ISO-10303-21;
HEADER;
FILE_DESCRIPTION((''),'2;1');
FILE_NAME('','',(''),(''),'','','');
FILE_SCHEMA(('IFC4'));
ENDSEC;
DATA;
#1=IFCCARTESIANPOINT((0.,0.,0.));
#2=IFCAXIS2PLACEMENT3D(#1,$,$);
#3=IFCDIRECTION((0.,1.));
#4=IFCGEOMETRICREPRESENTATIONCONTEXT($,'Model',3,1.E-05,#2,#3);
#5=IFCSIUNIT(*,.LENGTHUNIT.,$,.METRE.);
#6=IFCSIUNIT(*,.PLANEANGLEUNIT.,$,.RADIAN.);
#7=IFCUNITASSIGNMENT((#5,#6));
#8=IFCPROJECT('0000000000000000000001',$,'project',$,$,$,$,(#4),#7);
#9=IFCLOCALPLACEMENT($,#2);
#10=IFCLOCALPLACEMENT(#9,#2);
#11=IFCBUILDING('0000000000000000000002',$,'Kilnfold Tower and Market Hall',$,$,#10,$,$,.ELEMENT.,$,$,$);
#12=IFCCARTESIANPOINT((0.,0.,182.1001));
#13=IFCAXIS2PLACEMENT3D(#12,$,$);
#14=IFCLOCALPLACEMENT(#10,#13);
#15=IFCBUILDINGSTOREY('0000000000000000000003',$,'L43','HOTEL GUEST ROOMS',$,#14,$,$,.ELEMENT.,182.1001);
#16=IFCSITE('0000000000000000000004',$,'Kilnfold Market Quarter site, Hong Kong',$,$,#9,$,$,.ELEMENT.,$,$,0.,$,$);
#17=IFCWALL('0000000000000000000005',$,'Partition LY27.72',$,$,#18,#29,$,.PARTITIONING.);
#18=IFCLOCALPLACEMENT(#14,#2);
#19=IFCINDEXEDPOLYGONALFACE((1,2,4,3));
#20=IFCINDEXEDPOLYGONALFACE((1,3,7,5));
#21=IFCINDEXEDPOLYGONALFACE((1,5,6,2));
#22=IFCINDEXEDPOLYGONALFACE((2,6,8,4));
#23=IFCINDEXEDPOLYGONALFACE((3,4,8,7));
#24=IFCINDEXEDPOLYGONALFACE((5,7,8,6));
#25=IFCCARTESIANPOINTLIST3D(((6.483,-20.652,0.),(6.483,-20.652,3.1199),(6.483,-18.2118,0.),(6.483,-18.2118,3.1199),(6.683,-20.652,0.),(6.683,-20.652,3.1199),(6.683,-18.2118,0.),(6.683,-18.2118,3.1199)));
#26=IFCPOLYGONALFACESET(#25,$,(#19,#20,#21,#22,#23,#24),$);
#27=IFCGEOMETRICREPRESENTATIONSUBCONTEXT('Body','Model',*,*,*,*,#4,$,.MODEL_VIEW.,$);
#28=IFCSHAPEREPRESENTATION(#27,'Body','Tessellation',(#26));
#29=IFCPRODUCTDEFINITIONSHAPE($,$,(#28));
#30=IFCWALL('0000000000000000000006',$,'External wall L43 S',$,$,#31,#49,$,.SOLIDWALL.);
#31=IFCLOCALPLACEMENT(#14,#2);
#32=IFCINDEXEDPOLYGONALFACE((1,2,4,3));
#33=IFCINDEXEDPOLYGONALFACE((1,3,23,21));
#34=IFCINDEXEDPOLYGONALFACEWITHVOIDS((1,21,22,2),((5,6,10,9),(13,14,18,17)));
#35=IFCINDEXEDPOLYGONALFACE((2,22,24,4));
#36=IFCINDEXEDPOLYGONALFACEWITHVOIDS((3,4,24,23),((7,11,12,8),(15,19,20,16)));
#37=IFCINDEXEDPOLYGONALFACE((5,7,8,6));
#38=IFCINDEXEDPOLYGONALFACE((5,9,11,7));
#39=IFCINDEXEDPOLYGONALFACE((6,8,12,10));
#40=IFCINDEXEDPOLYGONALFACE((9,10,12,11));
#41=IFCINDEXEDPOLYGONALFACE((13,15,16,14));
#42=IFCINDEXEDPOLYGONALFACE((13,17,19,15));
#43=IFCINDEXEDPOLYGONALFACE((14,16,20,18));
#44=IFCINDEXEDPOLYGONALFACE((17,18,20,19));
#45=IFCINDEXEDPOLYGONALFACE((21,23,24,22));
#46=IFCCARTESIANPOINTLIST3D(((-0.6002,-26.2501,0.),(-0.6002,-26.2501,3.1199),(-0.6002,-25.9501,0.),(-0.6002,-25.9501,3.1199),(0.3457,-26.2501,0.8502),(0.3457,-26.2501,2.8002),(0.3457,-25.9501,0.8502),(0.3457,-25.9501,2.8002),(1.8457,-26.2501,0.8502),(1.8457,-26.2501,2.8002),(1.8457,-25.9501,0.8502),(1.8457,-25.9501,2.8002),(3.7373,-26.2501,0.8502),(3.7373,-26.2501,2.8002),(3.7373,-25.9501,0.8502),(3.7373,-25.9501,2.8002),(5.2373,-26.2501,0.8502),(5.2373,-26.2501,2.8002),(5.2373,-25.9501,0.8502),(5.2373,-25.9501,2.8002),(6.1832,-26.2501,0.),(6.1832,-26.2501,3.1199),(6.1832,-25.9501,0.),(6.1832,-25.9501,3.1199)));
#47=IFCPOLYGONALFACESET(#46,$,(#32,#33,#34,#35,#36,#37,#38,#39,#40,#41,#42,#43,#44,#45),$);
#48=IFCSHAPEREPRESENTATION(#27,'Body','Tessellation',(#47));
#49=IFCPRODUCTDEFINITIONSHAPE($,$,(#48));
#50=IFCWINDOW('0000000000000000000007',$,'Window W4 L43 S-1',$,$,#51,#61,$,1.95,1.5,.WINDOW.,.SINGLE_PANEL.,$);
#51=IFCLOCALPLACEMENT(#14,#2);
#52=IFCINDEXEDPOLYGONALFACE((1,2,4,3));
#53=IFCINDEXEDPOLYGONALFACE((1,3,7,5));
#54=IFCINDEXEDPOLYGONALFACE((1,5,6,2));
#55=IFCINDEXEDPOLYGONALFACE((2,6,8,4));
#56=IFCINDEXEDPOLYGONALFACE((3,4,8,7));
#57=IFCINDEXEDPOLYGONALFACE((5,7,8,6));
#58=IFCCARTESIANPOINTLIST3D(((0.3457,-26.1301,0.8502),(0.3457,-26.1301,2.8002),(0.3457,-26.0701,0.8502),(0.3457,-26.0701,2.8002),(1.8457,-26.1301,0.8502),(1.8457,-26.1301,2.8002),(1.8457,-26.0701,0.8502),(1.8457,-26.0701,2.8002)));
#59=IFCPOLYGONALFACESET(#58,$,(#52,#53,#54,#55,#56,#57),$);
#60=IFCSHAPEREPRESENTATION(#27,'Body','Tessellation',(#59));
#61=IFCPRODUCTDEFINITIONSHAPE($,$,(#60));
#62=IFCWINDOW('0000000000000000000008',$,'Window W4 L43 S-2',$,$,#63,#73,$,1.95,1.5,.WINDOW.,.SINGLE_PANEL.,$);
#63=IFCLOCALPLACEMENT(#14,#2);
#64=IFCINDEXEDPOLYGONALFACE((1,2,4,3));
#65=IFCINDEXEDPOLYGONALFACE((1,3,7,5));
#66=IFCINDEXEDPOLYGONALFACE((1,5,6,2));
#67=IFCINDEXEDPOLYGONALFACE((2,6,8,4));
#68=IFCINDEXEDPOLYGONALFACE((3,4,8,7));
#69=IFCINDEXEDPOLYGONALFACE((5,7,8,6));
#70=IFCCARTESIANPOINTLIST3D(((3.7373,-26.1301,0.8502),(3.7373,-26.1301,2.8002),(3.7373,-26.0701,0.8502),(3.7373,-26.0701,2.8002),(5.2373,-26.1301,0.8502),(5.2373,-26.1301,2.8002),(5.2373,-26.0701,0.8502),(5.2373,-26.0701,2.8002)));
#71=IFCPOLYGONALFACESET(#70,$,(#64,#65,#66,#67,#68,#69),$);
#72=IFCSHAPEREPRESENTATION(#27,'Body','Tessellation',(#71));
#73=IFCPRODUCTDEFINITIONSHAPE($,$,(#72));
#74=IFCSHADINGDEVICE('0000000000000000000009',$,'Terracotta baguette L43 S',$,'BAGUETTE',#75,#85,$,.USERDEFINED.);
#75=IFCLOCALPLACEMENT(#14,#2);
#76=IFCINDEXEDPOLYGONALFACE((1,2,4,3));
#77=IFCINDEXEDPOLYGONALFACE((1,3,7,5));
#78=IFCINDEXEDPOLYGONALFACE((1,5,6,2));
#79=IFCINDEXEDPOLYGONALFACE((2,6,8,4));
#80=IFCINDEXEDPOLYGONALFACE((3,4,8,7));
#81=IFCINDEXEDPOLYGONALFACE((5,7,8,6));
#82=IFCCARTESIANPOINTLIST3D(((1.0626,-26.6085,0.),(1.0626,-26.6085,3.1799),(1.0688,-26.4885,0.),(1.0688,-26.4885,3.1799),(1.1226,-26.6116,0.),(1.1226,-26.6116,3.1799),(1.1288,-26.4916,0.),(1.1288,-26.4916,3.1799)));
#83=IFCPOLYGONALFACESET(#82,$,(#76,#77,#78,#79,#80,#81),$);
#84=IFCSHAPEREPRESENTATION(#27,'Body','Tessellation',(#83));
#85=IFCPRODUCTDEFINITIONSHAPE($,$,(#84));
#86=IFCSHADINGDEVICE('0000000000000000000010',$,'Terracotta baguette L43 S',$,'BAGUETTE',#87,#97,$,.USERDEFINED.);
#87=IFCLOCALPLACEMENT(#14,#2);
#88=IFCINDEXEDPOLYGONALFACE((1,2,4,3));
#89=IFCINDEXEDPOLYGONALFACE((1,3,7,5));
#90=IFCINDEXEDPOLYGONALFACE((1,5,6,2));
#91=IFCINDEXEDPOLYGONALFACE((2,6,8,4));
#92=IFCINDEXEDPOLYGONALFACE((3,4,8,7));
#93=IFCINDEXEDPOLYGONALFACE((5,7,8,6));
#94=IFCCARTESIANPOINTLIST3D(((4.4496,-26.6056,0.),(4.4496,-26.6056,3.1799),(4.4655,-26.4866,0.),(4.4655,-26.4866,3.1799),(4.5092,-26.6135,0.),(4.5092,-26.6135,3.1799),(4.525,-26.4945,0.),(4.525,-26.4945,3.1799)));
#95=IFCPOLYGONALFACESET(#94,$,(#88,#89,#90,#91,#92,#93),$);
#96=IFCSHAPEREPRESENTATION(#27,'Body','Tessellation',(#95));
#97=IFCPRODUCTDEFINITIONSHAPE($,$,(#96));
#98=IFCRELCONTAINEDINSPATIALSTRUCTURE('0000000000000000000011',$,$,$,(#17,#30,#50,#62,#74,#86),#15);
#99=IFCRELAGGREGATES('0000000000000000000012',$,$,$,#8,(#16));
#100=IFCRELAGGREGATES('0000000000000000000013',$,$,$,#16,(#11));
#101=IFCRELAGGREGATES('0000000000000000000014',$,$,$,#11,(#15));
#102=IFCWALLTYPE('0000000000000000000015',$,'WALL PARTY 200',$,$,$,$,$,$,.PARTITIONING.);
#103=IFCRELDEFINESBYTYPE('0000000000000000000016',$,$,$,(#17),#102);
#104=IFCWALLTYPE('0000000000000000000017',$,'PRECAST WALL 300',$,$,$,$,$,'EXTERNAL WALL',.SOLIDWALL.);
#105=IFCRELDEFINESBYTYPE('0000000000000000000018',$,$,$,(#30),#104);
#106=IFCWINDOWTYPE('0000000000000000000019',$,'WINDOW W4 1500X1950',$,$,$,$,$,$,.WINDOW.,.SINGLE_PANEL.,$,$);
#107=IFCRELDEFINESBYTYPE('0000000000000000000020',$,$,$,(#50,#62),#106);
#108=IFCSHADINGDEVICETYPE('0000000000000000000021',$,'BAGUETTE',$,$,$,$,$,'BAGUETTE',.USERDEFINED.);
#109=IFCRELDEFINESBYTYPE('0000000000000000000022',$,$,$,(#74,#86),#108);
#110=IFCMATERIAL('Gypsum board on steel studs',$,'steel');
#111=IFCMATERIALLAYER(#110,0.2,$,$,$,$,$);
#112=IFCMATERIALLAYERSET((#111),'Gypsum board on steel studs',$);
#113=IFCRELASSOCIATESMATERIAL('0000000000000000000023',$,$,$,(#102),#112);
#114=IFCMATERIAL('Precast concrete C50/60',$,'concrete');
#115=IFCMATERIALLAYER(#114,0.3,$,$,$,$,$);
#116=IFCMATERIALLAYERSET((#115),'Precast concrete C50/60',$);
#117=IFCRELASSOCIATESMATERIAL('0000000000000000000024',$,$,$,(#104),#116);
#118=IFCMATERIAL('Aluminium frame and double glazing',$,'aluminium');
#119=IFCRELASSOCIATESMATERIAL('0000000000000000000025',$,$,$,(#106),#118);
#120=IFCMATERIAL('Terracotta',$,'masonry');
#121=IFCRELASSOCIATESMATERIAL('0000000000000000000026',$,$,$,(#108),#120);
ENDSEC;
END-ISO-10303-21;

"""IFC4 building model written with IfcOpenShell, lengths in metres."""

from ifc_helpers import new_model, si_unit, direction, frame, frame_2d, origin, origin_2d, place, context, subcontext, project, spatial, rectangle, extrude, source, transform, mapped, material, layer, layer_set, material_profile, profile_set, type_object, element, fill, save


model = new_model("IFC4")

# Units and contexts
model_context = context("Model", 3, precision=1e-05, world=origin(), true_north=direction((0.0, 1.0)))
body_context = subcontext(model_context, "Body", "Model", "MODEL_VIEW")
ifc_project = project(units=[si_unit("LENGTHUNIT", "METRE"), si_unit("PLANEANGLEUNIT", "RADIAN")], contexts=[model_context])

# Site, building, storey
site_placement = place(None, origin())
site = spatial("IfcSite", under=ifc_project, at=site_placement, Name="Kilnfold Market Quarter site, Hong Kong", CompositionType="ELEMENT", RefElevation=0.0)
building_placement = place(site_placement, origin())
building = spatial("IfcBuilding", under=site, at=building_placement, Name="Kilnfold Tower and Market Hall", CompositionType="ELEMENT")
storey_placement = place(building_placement, frame((0.0, 0.0, 182.1001)))
storey = spatial("IfcBuildingStorey", under=building, at=storey_placement, Name="L43", Description="HOTEL GUEST ROOMS", CompositionType="ELEMENT", Elevation=182.1001)

# Wall
ifc_material_1 = material(Name="Gypsum board on steel studs", Category="steel")
ifc_layer_1 = layer(ifc_material_1, 0.2)
ifc_layer_set_1 = layer_set([ifc_layer_1], Name="Gypsum board on steel studs")
wall_type_1 = type_object("IfcWallType", Name="WALL PARTY 200", PredefinedType="PARTITIONING", material=ifc_layer_set_1)
wall_1_placement = place(storey_placement, frame((6.583, -20.6521, 0.0), z_axis=(0.0, 0.0, 1.0), x_axis=(0.0, 1.0, 0.0)))
element("IfcWall", 1, at=wall_1_placement, inside=storey, type_object=wall_type_1, Name="Partition LY27.72", PredefinedType="PARTITIONING", context=body_context, shape_type="SweptSolid", body=[
    extrude(rectangle(XDim=2.4402, YDim=0.2, at=frame_2d((1.2202, 0.0))), origin(), (0.0, 0.0, 1.0), 3.1199),
])

# Wall, openings, windows
ifc_material_2 = material(Name="Precast concrete C50/60", Category="concrete")
ifc_layer_2 = layer(ifc_material_2, 0.3)
ifc_layer_set_2 = layer_set([ifc_layer_2], Name="Precast concrete C50/60")
wall_type_2 = type_object("IfcWallType", Name="PRECAST WALL 300", ElementType="EXTERNAL WALL", PredefinedType="SOLIDWALL", material=ifc_layer_set_2)
shared_shape_1 = source(origin(), body_context, "Body", "SweptSolid", [
    extrude(rectangle(XDim=6.7834, YDim=0.3, at=frame_2d((3.3916, 0.0))), origin(), (0.0, 0.0, 1.0), 3.1199),
])
wall_2_placement = place(storey_placement, frame((-0.6001, -26.1001, 0.0), z_axis=(0.0, 0.0, 1.0), x_axis=(1.0, 0.0, 0.0)))
wall_2 = element("IfcWall", 2, at=wall_2_placement, inside=storey, type_object=wall_type_2, Name="External wall L43 S", PredefinedType="SOLIDWALL", context=body_context, shape_type="MappedRepresentation", body=[
    mapped(shared_shape_1, transform((0.0, 0.0, 0.0))),
])
opening_1_placement = place(wall_2_placement, frame((0.9458, 0.0, 0.8501)))
opening_1 = element("IfcOpeningElement", 3, at=opening_1_placement, cuts=wall_2, PredefinedType="OPENING", context=body_context, shape_type="SweptSolid", body=[
    extrude(rectangle(XDim=1.5, YDim=1.95, at=frame_2d((0.75, 0.9751))), frame((0.0, 0.1602, 0.0), z_axis=(0.0, -1.0, 0.0), x_axis=(1.0, 0.0, 0.0)), (0.0, 0.0, 1.0), 0.3201),
])
opening_2_placement = place(wall_2_placement, frame((4.3374, 0.0, 0.8501)))
opening_2 = element("IfcOpeningElement", 4, at=opening_2_placement, cuts=wall_2, PredefinedType="OPENING", context=body_context, shape_type="SweptSolid", body=[
    extrude(rectangle(XDim=1.5, YDim=1.95, at=frame_2d((0.75, 0.9751))), frame((0.0, 0.1602, 0.0), z_axis=(0.0, -1.0, 0.0), x_axis=(1.0, 0.0, 0.0)), (0.0, 0.0, 1.0), 0.3201),
])
ifc_material_3 = material(Name="Aluminium frame and double glazing", Category="aluminium")
window_type = type_object("IfcWindowType", Name="WINDOW W4 1500X1950", PartitioningType="SINGLE_PANEL", PredefinedType="WINDOW", material=ifc_material_3)
window_1_placement = place(opening_1_placement, origin())
window_1 = element("IfcWindow", 5, at=window_1_placement, inside=storey, type_object=window_type, Name="Window W4 L43 S-1", OverallHeight=1.95, OverallWidth=1.5, PartitioningType="SINGLE_PANEL", PredefinedType="WINDOW", context=body_context, shape_type="SweptSolid", body=[
    extrude(rectangle(XDim=1.5, YDim=1.95, at=frame_2d((0.75, 0.9751))), frame((0.0, 0.03, 0.0), z_axis=(0.0, -1.0, 0.0), x_axis=(1.0, 0.0, 0.0)), (0.0, 0.0, 1.0), 0.0601),
])
fill(opening_1, window_1)
window_2_placement = place(opening_2_placement, origin())
window_2 = element("IfcWindow", 6, at=window_2_placement, inside=storey, type_object=window_type, Name="Window W4 L43 S-2", OverallHeight=1.95, OverallWidth=1.5, PartitioningType="SINGLE_PANEL", PredefinedType="WINDOW", context=body_context, shape_type="SweptSolid", body=[
    extrude(rectangle(XDim=1.5, YDim=1.95, at=frame_2d((0.75, 0.9751))), frame((0.0, 0.03, 0.0), z_axis=(0.0, -1.0, 0.0), x_axis=(1.0, 0.0, 0.0)), (0.0, 0.0, 1.0), 0.0601),
])
fill(opening_2, window_2)

# Shading devices
ifc_material_4 = material(Name="Terracotta", Category="masonry")
ifc_material_profile_1 = material_profile(ifc_material_4, rectangle(XDim=0.0601, YDim=0.1201, at=origin_2d()), Name="BAG 60x120")
ifc_profile_set_1 = profile_set([ifc_material_profile_1], Name="Terracotta")
shading_device_type = type_object("IfcShadingDeviceType", Name="BAGUETTE", ElementType="BAGUETTE", PredefinedType="USERDEFINED", material=ifc_profile_set_1)
shared_shape_2 = source(origin(), body_context, "Body", "SweptSolid", [
    extrude(rectangle(XDim=0.0601, YDim=0.1201, at=origin_2d()), origin(), (0.0, 0.0, 1.0), 3.1799),
])
for number, where, z_axis, x_axis, name in (
    (7, (1.0957, -26.55, 0.0), (0.0, 0.0, 1.0), (0.998692, -0.051133, 0.0), "Terracotta baguette L43 S"),
    (8, (4.4873, -26.55, 0.0), (0.0, 0.0, 1.0), (0.991268, -0.131865, 0.0), "Terracotta baguette L43 S"),
):
    element("IfcShadingDevice", number, at=place(storey_placement, frame(where, z_axis=z_axis, x_axis=x_axis)), inside=storey, type_object=shading_device_type, Name=name, ObjectType="BAGUETTE", PredefinedType="USERDEFINED", context=body_context, shape_type="MappedRepresentation", body=[
        mapped(shared_shape_2, transform((0.0, 0.0, 0.0))),
    ])

save(model, "model.ifc")
